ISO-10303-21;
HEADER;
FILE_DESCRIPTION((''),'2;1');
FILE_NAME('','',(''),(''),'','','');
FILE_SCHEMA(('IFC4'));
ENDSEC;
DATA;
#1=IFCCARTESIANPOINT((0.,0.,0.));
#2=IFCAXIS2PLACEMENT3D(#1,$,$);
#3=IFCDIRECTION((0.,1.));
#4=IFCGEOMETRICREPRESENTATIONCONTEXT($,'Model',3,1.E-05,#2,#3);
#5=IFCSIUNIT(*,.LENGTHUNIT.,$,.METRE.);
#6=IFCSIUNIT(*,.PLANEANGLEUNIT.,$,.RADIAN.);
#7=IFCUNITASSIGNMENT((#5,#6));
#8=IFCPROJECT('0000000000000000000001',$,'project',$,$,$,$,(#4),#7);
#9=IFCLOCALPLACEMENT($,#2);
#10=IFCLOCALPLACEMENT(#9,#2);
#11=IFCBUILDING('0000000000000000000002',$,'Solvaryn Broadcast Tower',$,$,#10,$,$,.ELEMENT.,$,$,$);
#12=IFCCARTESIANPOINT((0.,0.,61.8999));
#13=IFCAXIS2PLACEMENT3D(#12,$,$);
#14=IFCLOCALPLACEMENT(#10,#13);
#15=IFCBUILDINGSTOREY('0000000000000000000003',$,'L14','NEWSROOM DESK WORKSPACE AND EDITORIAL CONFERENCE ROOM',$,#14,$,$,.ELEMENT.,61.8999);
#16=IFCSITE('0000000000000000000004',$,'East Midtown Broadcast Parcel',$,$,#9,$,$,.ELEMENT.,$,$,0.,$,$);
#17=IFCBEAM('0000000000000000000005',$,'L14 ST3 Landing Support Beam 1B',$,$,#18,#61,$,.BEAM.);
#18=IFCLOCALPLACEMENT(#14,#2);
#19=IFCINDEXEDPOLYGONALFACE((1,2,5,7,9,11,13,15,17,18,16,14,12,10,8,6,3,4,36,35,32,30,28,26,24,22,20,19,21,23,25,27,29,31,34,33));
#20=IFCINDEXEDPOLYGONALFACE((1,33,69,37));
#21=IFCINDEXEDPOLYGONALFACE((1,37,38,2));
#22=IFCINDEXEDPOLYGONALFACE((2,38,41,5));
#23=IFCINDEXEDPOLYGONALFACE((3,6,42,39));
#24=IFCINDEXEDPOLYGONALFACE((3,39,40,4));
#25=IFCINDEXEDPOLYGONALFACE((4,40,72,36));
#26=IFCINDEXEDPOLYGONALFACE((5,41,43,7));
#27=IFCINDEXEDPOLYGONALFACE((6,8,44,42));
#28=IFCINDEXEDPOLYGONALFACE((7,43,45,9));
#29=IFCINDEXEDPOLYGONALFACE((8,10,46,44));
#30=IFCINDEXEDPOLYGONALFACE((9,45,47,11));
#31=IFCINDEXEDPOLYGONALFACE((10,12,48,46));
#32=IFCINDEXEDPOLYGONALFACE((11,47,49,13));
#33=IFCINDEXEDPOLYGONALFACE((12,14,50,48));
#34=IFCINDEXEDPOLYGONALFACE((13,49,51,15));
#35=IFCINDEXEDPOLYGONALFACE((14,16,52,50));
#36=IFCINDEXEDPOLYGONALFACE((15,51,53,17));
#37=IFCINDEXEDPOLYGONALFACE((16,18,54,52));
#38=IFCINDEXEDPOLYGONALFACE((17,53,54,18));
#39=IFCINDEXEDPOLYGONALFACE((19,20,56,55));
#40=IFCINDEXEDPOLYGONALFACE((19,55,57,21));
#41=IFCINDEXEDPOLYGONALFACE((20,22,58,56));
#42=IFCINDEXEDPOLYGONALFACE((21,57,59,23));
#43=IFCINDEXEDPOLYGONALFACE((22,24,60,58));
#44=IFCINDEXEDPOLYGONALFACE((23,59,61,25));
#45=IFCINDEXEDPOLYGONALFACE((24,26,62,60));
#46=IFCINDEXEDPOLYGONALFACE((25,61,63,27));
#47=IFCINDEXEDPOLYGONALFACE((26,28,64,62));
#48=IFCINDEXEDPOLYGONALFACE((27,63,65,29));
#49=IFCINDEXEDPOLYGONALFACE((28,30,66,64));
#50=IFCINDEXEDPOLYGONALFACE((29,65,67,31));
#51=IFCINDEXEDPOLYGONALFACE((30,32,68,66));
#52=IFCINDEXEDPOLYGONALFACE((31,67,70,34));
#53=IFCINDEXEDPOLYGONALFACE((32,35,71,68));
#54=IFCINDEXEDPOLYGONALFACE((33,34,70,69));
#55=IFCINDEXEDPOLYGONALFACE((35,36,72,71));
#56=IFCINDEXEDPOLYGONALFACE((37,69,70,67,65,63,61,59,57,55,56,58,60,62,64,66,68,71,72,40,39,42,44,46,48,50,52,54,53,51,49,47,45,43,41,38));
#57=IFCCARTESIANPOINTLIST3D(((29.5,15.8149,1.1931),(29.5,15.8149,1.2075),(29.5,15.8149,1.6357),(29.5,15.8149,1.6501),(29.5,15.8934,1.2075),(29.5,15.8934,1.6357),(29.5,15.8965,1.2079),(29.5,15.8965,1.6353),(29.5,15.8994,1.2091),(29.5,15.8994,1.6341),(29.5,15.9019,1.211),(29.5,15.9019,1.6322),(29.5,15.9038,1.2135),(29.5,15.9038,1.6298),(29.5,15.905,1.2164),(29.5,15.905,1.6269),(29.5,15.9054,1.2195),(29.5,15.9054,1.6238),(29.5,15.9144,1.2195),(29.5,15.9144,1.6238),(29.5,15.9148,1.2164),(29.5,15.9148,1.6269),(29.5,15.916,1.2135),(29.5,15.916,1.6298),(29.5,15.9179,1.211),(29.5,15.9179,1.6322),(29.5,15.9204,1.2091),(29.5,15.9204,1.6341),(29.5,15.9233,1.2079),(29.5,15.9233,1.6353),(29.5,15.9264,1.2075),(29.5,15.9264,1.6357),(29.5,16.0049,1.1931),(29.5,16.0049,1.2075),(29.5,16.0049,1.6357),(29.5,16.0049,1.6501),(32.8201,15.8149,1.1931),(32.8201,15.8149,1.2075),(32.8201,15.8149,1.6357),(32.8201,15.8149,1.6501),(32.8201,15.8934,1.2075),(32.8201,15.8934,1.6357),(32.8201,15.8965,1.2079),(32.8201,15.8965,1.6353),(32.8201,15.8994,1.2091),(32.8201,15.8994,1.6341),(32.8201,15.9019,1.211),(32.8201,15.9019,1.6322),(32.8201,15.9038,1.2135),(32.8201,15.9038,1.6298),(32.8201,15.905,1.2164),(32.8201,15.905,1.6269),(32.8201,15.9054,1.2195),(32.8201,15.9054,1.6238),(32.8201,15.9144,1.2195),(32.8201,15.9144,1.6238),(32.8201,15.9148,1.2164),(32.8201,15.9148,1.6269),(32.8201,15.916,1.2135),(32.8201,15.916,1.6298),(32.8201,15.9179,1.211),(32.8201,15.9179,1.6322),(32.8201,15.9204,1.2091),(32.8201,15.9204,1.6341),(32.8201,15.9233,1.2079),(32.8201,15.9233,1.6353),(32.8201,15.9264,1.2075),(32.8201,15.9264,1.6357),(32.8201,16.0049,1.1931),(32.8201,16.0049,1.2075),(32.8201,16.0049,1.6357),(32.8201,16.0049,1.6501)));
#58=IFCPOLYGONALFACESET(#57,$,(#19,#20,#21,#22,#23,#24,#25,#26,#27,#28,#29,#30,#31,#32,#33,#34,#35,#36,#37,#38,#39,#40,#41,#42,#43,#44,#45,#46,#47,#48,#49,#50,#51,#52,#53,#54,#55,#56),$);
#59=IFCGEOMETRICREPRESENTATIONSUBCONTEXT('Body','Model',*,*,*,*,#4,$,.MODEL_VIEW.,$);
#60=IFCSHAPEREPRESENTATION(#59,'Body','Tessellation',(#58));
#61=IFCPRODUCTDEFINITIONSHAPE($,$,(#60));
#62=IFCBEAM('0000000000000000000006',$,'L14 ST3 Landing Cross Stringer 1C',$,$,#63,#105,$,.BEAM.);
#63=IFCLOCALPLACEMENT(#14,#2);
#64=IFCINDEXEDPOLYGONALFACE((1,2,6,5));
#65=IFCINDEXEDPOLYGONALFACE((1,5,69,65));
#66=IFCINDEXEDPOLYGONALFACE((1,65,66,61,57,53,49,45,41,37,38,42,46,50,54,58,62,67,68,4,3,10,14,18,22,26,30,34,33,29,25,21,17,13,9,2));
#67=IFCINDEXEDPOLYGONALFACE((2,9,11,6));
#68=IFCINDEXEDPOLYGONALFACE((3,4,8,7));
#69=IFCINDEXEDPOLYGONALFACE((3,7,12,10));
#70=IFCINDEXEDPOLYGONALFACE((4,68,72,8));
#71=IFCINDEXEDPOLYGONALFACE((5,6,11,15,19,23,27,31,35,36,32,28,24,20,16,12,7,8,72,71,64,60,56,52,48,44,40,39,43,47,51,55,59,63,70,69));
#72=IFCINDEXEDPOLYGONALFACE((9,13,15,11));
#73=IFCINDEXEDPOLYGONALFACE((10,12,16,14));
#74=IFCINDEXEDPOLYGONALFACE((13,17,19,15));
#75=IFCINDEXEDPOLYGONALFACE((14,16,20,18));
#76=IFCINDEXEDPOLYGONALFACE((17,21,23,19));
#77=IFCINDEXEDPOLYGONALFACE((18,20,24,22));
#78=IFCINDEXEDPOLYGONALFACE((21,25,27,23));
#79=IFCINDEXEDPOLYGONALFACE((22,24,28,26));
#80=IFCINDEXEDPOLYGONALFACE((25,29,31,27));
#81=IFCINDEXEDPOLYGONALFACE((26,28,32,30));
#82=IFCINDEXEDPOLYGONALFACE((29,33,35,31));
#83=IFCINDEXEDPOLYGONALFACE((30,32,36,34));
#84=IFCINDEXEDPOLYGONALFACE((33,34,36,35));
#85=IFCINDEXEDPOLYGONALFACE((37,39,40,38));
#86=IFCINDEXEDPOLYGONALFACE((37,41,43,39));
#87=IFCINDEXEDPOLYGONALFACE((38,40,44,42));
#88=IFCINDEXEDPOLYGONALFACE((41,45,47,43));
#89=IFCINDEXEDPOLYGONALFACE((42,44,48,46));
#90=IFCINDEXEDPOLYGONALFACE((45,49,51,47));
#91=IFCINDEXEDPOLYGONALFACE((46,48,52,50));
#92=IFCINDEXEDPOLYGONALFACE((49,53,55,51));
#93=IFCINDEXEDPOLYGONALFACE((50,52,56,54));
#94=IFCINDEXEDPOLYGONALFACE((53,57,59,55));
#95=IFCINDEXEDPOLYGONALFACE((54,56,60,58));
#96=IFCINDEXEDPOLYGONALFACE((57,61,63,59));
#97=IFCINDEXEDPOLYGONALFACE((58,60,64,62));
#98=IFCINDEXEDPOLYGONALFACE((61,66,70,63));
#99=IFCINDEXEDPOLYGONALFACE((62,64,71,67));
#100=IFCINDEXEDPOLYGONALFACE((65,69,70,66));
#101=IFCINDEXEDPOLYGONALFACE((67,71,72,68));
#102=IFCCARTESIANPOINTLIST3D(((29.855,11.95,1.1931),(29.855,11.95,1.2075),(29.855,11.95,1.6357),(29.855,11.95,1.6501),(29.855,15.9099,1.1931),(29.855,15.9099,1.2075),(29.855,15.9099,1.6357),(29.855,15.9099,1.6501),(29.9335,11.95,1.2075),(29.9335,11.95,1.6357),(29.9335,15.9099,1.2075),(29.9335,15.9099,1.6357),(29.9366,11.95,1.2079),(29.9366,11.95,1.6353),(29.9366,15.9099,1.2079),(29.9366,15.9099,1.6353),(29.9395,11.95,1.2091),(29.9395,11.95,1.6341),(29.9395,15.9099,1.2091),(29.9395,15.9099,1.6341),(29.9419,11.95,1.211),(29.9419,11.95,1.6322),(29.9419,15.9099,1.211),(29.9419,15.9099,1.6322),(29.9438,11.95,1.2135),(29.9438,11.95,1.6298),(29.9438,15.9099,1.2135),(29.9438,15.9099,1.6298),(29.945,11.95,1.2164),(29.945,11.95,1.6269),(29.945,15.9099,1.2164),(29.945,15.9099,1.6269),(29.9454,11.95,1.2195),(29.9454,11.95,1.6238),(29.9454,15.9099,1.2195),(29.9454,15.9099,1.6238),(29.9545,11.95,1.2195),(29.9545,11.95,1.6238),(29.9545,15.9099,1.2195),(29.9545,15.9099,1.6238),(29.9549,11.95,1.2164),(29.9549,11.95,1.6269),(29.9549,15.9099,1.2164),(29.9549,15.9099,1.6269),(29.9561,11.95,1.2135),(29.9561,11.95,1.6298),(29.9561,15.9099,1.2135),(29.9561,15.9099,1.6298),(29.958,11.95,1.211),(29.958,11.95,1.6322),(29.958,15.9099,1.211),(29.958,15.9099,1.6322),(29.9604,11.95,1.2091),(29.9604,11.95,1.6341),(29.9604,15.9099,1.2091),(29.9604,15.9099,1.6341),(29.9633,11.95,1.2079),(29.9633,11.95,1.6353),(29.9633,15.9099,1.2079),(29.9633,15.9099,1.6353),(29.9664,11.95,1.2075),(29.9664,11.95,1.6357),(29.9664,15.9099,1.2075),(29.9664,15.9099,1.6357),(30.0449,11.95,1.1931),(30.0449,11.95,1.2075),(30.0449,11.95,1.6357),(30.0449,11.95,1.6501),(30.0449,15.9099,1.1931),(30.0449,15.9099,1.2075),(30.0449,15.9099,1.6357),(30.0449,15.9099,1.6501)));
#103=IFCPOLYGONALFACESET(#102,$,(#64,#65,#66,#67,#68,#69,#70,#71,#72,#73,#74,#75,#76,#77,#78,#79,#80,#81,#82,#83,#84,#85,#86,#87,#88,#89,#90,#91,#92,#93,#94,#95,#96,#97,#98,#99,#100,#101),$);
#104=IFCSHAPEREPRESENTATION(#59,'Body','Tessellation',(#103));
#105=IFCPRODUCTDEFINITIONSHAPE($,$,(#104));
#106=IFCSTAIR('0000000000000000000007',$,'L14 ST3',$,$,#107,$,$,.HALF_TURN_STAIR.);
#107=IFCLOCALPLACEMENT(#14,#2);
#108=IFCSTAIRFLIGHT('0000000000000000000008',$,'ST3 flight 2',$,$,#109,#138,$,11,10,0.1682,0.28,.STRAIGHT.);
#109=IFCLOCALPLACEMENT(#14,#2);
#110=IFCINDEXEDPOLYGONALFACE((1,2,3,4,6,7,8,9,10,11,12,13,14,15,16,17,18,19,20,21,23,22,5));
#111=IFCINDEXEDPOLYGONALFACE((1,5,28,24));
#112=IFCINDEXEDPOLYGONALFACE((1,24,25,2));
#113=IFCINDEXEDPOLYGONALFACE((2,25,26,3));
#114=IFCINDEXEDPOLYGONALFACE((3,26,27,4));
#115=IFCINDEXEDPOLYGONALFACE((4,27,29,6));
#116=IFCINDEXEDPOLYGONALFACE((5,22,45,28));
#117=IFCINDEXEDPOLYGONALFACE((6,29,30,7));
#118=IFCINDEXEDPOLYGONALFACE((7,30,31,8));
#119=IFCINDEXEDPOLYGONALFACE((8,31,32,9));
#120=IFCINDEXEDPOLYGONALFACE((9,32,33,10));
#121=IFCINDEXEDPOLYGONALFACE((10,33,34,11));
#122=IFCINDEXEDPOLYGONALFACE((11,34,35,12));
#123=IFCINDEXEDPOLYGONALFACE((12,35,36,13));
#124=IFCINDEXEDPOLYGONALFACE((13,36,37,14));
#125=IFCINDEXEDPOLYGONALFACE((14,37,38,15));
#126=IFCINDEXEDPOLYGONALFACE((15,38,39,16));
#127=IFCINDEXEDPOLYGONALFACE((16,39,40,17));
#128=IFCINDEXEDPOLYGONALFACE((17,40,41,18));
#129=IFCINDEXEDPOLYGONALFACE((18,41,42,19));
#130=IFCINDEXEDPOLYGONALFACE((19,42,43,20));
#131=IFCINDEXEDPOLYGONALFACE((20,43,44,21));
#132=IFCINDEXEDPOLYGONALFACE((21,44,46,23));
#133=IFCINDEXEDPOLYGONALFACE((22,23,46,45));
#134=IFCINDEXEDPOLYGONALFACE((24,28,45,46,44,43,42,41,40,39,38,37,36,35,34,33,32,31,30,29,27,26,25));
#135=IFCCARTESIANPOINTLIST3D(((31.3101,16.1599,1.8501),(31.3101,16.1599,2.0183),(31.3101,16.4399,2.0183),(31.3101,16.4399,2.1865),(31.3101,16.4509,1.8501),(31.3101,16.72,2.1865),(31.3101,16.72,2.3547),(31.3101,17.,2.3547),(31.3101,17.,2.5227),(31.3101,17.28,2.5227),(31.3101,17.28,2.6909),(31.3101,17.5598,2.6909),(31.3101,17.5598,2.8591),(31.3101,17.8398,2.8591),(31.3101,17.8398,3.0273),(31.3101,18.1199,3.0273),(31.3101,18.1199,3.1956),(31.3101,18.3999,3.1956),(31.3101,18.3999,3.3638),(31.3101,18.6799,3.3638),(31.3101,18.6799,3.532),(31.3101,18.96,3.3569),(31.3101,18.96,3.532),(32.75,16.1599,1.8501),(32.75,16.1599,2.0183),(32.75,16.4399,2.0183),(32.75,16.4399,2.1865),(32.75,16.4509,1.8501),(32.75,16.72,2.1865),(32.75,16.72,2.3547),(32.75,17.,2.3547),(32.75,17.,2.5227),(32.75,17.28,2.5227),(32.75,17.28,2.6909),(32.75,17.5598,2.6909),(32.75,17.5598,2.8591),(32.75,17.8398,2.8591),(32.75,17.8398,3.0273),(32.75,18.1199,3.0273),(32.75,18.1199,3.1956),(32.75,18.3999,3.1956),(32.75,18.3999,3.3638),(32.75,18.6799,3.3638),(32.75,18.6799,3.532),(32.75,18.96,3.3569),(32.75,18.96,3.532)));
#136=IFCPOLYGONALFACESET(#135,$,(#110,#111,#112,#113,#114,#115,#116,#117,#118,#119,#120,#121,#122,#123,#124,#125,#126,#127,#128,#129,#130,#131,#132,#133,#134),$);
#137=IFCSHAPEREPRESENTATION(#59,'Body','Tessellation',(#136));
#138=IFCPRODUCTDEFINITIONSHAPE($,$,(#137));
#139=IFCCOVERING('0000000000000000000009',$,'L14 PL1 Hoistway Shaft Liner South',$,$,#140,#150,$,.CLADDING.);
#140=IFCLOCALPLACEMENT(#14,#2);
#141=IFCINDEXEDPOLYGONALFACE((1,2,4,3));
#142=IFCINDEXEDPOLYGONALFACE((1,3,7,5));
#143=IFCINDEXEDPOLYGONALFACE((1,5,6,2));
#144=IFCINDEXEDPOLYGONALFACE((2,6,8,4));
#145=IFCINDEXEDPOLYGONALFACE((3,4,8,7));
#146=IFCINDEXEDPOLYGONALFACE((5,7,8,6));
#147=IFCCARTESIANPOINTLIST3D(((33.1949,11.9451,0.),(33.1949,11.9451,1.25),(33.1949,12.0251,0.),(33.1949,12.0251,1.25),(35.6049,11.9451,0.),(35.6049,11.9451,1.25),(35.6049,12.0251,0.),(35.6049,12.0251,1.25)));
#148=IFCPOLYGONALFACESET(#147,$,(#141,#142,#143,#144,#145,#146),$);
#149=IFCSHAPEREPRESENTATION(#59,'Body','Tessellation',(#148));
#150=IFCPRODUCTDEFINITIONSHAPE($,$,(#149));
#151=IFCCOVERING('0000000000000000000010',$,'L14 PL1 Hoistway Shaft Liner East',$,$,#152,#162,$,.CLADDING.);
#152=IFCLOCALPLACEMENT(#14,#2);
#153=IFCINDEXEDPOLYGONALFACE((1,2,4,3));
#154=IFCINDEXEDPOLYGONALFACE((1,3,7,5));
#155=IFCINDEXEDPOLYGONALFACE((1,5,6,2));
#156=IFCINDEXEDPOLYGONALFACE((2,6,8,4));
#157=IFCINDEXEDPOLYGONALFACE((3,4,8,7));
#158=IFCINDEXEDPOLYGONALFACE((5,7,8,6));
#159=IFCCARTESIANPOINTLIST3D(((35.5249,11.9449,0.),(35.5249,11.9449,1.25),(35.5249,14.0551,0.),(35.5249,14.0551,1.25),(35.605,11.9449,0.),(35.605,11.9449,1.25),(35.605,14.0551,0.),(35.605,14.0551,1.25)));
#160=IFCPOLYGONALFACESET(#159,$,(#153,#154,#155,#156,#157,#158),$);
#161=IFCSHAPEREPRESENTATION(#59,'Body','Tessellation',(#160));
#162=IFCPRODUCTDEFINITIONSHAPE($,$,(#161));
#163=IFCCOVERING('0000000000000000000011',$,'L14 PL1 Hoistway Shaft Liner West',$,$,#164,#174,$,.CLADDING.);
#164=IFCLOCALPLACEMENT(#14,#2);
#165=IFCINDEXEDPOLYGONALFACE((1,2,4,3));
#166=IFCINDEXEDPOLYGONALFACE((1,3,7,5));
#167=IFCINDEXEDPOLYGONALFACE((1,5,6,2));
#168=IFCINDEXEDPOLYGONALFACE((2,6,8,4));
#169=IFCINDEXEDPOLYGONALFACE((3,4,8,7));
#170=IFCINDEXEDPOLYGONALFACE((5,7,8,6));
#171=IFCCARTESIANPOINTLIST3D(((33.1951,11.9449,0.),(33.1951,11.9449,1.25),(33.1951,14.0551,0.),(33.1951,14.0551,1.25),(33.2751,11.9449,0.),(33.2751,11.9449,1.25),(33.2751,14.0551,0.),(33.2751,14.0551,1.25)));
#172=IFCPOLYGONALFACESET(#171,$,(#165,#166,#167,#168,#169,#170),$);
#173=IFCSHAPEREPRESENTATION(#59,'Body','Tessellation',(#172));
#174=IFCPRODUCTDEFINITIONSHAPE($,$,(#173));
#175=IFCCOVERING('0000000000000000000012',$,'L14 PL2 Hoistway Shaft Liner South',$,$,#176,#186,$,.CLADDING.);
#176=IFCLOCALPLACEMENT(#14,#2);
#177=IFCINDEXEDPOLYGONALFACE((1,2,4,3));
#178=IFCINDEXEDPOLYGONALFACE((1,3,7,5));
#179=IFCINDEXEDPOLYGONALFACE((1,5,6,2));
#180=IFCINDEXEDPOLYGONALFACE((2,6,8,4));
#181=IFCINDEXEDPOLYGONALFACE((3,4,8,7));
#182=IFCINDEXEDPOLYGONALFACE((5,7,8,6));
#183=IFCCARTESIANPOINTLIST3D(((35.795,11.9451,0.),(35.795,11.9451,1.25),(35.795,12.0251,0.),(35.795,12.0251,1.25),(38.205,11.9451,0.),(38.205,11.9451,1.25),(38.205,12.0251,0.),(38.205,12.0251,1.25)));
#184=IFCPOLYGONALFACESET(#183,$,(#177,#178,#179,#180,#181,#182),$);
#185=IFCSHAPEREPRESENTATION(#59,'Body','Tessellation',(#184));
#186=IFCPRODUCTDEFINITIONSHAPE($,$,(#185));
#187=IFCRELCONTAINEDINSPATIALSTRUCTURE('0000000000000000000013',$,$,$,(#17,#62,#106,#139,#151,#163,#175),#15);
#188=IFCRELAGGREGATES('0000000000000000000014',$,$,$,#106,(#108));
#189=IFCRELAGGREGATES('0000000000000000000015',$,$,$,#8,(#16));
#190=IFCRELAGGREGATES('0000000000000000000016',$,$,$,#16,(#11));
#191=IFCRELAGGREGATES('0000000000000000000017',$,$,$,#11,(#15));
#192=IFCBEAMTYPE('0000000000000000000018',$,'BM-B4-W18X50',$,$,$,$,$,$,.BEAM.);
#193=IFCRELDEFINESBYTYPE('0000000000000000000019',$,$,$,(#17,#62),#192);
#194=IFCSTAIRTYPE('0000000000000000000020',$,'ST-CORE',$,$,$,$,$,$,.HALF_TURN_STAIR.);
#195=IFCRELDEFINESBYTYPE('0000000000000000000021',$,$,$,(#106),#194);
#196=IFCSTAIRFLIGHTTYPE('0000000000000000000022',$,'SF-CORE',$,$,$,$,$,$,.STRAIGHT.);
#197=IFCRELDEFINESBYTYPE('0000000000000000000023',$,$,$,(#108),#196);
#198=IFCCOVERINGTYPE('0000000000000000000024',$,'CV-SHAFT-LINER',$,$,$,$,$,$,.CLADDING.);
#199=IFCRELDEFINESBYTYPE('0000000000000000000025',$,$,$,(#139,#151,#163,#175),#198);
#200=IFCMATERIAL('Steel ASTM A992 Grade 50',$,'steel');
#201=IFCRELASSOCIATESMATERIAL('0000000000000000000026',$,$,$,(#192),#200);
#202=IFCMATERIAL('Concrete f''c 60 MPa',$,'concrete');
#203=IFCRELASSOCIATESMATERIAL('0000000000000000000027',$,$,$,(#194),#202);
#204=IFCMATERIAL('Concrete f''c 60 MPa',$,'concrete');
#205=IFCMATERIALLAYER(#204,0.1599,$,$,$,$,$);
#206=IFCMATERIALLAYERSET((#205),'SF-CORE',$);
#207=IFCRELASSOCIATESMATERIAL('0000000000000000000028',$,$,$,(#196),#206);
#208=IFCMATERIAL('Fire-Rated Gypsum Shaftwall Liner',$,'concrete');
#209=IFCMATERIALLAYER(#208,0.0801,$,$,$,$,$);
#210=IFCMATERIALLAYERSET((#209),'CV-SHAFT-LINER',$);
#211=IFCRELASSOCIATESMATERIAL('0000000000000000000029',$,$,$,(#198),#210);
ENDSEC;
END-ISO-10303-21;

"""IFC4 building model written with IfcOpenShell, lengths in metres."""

from ifc_helpers import new_model, si_unit, direction, frame, origin, origin_2d, place, context, subcontext, project, spatial, polyline, rectangle, i_section, outline, extrude, material, layer, layer_set, material_profile, profile_set, type_object, element, aggregate, save


model = new_model("IFC4")

# Units and contexts
model_context = context("Model", 3, precision=1e-05, world=origin(), true_north=direction((0.0, 1.0)))
body_context = subcontext(model_context, "Body", "Model", "MODEL_VIEW")
ifc_project = project(units=[si_unit("LENGTHUNIT", "METRE"), si_unit("PLANEANGLEUNIT", "RADIAN")], contexts=[model_context])

# Site, building, storey
site_placement = place(None, origin())
site = spatial("IfcSite", under=ifc_project, at=site_placement, Name="East Midtown Broadcast Parcel", CompositionType="ELEMENT", RefElevation=0.0)
building_placement = place(site_placement, origin())
building = spatial("IfcBuilding", under=site, at=building_placement, Name="Solvaryn Broadcast Tower", CompositionType="ELEMENT")
storey_placement = place(building_placement, frame((0.0, 0.0, 61.8999)))
storey = spatial("IfcBuildingStorey", under=building, at=storey_placement, Name="L14", Description="NEWSROOM DESK WORKSPACE AND EDITORIAL CONFERENCE ROOM", CompositionType="ELEMENT", Elevation=61.8999)

# Beams
ifc_material_1 = material(Name="Steel ASTM A992 Grade 50", Category="steel")
ifc_material_profile_1 = material_profile(ifc_material_1, i_section(OverallWidth=0.1899, OverallDepth=0.457, WebThickness=0.009, FlangeThickness=0.0144, FilletRadius=0.012, at=origin_2d()))
ifc_profile_set_1 = profile_set([ifc_material_profile_1], Name="Steel ASTM A992 Grade 50")
beam_type_1 = type_object("IfcBeamType", Name="BM-B4-W18X50", PredefinedType="BEAM", material=ifc_profile_set_1)
beam_1_placement = place(storey_placement, frame((29.5, 15.9099, 1.4216), z_axis=(1.0, 0.0, 0.0), x_axis=(0.0, 1.0, 0.0)))
element("IfcBeam", 1, at=beam_1_placement, inside=storey, type_object=beam_type_1, Name="L14 ST3 Landing Support Beam 1B", PredefinedType="BEAM", context=body_context, shape_type="SweptSolid", body=[
    extrude(i_section(OverallWidth=0.1899, OverallDepth=0.457, WebThickness=0.009, FlangeThickness=0.0144, FilletRadius=0.012, at=origin_2d()), origin(), (0.0, 0.0, 1.0), 3.3201),
])
beam_2_placement = place(storey_placement, frame((29.95, 11.95, 1.4216), z_axis=(0.0, 1.0, 0.0), x_axis=(-1.0, 0.0, 0.0)))
element("IfcBeam", 2, at=beam_2_placement, inside=storey, type_object=beam_type_1, Name="L14 ST3 Landing Cross Stringer 1C", PredefinedType="BEAM", context=body_context, shape_type="SweptSolid", body=[
    extrude(i_section(OverallWidth=0.1899, OverallDepth=0.457, WebThickness=0.009, FlangeThickness=0.0144, FilletRadius=0.012, at=origin_2d()), origin(), (0.0, 0.0, 1.0), 3.96),
])

# Stair, stair flight
ifc_material_2 = material(Name="Concrete f'c 60 MPa", Category="concrete")
stair_type = type_object("IfcStairType", Name="ST-CORE", PredefinedType="HALF_TURN_STAIR", material=ifc_material_2)
stair_placement = place(storey_placement, origin())
stair = element("IfcStair", 3, at=stair_placement, inside=storey, type_object=stair_type, Name="L14 ST3", PredefinedType="HALF_TURN_STAIR")
ifc_material_3 = material(Name="Concrete f'c 60 MPa", Category="concrete")
ifc_layer_1 = layer(ifc_material_3, 0.1599)
ifc_layer_set_1 = layer_set([ifc_layer_1], Name="SF-CORE")
stair_flight_type = type_object("IfcStairFlightType", Name="SF-CORE", PredefinedType="STRAIGHT", material=ifc_layer_set_1)
stair_flight_placement = place(storey_placement, frame((32.03, 16.1599, 1.8501), z_axis=(0.0, 0.0, 1.0), x_axis=(0.0, 1.0, 0.0)))
stair_flight = element("IfcStairFlight", 4, at=stair_flight_placement, type_object=stair_flight_type, Name="ST3 flight 2", NumberOfRisers=11, NumberOfTreads=10, PredefinedType="STRAIGHT", RiserHeight=0.1682, TreadLength=0.28, context=body_context, shape_type="SweptSolid", body=[
    extrude(outline(polyline([(0.0, 0.0), (0.0, 0.1682), (0.28, 0.1682), (0.28, 0.3364), (0.5601, 0.3364), (0.5601, 0.5046), (0.8401, 0.5046), (0.8401, 0.6726), (1.1201, 0.6726), (1.1201, 0.8408), (1.3999, 0.8408), (1.3999, 1.009), (1.6799, 1.009), (1.6799, 1.1772), (1.96, 1.1772), (1.96, 1.3455), (2.24, 1.3455), (2.24, 1.5137), (2.52, 1.5137), (2.52, 1.6819), (2.8, 1.6819), (2.8, 1.8501), (2.8, 1.5068), (0.291, 0.0), (0.0, 0.0)])), frame((0.0, 0.72, 0.0), z_axis=(0.0, -1.0, 0.0), x_axis=(1.0, 0.0, 0.0)), (0.0, 0.0, 1.0), 1.4399),
])
aggregate(stair, [stair_flight])

# Coverings
ifc_material_4 = material(Name="Fire-Rated Gypsum Shaftwall Liner", Category="concrete")
ifc_layer_2 = layer(ifc_material_4, 0.0801)
ifc_layer_set_2 = layer_set([ifc_layer_2], Name="CV-SHAFT-LINER")
covering_type = type_object("IfcCoveringType", Name="CV-SHAFT-LINER", PredefinedType="CLADDING", material=ifc_layer_set_2)
covering_1_placement = place(storey_placement, frame((34.3999, 11.9851, 0.0), z_axis=(0.0, 0.0, 1.0), x_axis=(1.0, 0.0, 0.0)))
element("IfcCovering", 5, at=covering_1_placement, inside=storey, type_object=covering_type, Name="L14 PL1 Hoistway Shaft Liner South", PredefinedType="CLADDING", context=body_context, shape_type="SweptSolid", body=[
    extrude(rectangle(XDim=2.4099, YDim=0.0801, at=origin_2d()), origin(), (0.0, 0.0, 1.0), 1.25),
])
for number, where, z_axis, x_axis, name in (
    (6, (35.5649, 13.0, 0.0), (0.0, 0.0, 1.0), (1.0, 0.0, 0.0), "L14 PL1 Hoistway Shaft Liner East"),
    (7, (33.2351, 13.0, 0.0), (0.0, 0.0, 1.0), (1.0, 0.0, 0.0), "L14 PL1 Hoistway Shaft Liner West"),
):
    element("IfcCovering", number, at=place(storey_placement, frame(where, z_axis=z_axis, x_axis=x_axis)), inside=storey, type_object=covering_type, Name=name, PredefinedType="CLADDING", context=body_context, shape_type="SweptSolid", body=[
        extrude(rectangle(XDim=0.0801, YDim=2.1101, at=origin_2d()), origin(), (0.0, 0.0, 1.0), 1.25),
    ])
covering_2_placement = place(storey_placement, frame((37.0, 11.9851, 0.0), z_axis=(0.0, 0.0, 1.0), x_axis=(1.0, 0.0, 0.0)))
element("IfcCovering", 8, at=covering_2_placement, inside=storey, type_object=covering_type, Name="L14 PL2 Hoistway Shaft Liner South", PredefinedType="CLADDING", context=body_context, shape_type="SweptSolid", body=[
    extrude(rectangle(XDim=2.4099, YDim=0.0801, at=origin_2d()), origin(), (0.0, 0.0, 1.0), 1.25),
])

save(model, "model.ifc")
